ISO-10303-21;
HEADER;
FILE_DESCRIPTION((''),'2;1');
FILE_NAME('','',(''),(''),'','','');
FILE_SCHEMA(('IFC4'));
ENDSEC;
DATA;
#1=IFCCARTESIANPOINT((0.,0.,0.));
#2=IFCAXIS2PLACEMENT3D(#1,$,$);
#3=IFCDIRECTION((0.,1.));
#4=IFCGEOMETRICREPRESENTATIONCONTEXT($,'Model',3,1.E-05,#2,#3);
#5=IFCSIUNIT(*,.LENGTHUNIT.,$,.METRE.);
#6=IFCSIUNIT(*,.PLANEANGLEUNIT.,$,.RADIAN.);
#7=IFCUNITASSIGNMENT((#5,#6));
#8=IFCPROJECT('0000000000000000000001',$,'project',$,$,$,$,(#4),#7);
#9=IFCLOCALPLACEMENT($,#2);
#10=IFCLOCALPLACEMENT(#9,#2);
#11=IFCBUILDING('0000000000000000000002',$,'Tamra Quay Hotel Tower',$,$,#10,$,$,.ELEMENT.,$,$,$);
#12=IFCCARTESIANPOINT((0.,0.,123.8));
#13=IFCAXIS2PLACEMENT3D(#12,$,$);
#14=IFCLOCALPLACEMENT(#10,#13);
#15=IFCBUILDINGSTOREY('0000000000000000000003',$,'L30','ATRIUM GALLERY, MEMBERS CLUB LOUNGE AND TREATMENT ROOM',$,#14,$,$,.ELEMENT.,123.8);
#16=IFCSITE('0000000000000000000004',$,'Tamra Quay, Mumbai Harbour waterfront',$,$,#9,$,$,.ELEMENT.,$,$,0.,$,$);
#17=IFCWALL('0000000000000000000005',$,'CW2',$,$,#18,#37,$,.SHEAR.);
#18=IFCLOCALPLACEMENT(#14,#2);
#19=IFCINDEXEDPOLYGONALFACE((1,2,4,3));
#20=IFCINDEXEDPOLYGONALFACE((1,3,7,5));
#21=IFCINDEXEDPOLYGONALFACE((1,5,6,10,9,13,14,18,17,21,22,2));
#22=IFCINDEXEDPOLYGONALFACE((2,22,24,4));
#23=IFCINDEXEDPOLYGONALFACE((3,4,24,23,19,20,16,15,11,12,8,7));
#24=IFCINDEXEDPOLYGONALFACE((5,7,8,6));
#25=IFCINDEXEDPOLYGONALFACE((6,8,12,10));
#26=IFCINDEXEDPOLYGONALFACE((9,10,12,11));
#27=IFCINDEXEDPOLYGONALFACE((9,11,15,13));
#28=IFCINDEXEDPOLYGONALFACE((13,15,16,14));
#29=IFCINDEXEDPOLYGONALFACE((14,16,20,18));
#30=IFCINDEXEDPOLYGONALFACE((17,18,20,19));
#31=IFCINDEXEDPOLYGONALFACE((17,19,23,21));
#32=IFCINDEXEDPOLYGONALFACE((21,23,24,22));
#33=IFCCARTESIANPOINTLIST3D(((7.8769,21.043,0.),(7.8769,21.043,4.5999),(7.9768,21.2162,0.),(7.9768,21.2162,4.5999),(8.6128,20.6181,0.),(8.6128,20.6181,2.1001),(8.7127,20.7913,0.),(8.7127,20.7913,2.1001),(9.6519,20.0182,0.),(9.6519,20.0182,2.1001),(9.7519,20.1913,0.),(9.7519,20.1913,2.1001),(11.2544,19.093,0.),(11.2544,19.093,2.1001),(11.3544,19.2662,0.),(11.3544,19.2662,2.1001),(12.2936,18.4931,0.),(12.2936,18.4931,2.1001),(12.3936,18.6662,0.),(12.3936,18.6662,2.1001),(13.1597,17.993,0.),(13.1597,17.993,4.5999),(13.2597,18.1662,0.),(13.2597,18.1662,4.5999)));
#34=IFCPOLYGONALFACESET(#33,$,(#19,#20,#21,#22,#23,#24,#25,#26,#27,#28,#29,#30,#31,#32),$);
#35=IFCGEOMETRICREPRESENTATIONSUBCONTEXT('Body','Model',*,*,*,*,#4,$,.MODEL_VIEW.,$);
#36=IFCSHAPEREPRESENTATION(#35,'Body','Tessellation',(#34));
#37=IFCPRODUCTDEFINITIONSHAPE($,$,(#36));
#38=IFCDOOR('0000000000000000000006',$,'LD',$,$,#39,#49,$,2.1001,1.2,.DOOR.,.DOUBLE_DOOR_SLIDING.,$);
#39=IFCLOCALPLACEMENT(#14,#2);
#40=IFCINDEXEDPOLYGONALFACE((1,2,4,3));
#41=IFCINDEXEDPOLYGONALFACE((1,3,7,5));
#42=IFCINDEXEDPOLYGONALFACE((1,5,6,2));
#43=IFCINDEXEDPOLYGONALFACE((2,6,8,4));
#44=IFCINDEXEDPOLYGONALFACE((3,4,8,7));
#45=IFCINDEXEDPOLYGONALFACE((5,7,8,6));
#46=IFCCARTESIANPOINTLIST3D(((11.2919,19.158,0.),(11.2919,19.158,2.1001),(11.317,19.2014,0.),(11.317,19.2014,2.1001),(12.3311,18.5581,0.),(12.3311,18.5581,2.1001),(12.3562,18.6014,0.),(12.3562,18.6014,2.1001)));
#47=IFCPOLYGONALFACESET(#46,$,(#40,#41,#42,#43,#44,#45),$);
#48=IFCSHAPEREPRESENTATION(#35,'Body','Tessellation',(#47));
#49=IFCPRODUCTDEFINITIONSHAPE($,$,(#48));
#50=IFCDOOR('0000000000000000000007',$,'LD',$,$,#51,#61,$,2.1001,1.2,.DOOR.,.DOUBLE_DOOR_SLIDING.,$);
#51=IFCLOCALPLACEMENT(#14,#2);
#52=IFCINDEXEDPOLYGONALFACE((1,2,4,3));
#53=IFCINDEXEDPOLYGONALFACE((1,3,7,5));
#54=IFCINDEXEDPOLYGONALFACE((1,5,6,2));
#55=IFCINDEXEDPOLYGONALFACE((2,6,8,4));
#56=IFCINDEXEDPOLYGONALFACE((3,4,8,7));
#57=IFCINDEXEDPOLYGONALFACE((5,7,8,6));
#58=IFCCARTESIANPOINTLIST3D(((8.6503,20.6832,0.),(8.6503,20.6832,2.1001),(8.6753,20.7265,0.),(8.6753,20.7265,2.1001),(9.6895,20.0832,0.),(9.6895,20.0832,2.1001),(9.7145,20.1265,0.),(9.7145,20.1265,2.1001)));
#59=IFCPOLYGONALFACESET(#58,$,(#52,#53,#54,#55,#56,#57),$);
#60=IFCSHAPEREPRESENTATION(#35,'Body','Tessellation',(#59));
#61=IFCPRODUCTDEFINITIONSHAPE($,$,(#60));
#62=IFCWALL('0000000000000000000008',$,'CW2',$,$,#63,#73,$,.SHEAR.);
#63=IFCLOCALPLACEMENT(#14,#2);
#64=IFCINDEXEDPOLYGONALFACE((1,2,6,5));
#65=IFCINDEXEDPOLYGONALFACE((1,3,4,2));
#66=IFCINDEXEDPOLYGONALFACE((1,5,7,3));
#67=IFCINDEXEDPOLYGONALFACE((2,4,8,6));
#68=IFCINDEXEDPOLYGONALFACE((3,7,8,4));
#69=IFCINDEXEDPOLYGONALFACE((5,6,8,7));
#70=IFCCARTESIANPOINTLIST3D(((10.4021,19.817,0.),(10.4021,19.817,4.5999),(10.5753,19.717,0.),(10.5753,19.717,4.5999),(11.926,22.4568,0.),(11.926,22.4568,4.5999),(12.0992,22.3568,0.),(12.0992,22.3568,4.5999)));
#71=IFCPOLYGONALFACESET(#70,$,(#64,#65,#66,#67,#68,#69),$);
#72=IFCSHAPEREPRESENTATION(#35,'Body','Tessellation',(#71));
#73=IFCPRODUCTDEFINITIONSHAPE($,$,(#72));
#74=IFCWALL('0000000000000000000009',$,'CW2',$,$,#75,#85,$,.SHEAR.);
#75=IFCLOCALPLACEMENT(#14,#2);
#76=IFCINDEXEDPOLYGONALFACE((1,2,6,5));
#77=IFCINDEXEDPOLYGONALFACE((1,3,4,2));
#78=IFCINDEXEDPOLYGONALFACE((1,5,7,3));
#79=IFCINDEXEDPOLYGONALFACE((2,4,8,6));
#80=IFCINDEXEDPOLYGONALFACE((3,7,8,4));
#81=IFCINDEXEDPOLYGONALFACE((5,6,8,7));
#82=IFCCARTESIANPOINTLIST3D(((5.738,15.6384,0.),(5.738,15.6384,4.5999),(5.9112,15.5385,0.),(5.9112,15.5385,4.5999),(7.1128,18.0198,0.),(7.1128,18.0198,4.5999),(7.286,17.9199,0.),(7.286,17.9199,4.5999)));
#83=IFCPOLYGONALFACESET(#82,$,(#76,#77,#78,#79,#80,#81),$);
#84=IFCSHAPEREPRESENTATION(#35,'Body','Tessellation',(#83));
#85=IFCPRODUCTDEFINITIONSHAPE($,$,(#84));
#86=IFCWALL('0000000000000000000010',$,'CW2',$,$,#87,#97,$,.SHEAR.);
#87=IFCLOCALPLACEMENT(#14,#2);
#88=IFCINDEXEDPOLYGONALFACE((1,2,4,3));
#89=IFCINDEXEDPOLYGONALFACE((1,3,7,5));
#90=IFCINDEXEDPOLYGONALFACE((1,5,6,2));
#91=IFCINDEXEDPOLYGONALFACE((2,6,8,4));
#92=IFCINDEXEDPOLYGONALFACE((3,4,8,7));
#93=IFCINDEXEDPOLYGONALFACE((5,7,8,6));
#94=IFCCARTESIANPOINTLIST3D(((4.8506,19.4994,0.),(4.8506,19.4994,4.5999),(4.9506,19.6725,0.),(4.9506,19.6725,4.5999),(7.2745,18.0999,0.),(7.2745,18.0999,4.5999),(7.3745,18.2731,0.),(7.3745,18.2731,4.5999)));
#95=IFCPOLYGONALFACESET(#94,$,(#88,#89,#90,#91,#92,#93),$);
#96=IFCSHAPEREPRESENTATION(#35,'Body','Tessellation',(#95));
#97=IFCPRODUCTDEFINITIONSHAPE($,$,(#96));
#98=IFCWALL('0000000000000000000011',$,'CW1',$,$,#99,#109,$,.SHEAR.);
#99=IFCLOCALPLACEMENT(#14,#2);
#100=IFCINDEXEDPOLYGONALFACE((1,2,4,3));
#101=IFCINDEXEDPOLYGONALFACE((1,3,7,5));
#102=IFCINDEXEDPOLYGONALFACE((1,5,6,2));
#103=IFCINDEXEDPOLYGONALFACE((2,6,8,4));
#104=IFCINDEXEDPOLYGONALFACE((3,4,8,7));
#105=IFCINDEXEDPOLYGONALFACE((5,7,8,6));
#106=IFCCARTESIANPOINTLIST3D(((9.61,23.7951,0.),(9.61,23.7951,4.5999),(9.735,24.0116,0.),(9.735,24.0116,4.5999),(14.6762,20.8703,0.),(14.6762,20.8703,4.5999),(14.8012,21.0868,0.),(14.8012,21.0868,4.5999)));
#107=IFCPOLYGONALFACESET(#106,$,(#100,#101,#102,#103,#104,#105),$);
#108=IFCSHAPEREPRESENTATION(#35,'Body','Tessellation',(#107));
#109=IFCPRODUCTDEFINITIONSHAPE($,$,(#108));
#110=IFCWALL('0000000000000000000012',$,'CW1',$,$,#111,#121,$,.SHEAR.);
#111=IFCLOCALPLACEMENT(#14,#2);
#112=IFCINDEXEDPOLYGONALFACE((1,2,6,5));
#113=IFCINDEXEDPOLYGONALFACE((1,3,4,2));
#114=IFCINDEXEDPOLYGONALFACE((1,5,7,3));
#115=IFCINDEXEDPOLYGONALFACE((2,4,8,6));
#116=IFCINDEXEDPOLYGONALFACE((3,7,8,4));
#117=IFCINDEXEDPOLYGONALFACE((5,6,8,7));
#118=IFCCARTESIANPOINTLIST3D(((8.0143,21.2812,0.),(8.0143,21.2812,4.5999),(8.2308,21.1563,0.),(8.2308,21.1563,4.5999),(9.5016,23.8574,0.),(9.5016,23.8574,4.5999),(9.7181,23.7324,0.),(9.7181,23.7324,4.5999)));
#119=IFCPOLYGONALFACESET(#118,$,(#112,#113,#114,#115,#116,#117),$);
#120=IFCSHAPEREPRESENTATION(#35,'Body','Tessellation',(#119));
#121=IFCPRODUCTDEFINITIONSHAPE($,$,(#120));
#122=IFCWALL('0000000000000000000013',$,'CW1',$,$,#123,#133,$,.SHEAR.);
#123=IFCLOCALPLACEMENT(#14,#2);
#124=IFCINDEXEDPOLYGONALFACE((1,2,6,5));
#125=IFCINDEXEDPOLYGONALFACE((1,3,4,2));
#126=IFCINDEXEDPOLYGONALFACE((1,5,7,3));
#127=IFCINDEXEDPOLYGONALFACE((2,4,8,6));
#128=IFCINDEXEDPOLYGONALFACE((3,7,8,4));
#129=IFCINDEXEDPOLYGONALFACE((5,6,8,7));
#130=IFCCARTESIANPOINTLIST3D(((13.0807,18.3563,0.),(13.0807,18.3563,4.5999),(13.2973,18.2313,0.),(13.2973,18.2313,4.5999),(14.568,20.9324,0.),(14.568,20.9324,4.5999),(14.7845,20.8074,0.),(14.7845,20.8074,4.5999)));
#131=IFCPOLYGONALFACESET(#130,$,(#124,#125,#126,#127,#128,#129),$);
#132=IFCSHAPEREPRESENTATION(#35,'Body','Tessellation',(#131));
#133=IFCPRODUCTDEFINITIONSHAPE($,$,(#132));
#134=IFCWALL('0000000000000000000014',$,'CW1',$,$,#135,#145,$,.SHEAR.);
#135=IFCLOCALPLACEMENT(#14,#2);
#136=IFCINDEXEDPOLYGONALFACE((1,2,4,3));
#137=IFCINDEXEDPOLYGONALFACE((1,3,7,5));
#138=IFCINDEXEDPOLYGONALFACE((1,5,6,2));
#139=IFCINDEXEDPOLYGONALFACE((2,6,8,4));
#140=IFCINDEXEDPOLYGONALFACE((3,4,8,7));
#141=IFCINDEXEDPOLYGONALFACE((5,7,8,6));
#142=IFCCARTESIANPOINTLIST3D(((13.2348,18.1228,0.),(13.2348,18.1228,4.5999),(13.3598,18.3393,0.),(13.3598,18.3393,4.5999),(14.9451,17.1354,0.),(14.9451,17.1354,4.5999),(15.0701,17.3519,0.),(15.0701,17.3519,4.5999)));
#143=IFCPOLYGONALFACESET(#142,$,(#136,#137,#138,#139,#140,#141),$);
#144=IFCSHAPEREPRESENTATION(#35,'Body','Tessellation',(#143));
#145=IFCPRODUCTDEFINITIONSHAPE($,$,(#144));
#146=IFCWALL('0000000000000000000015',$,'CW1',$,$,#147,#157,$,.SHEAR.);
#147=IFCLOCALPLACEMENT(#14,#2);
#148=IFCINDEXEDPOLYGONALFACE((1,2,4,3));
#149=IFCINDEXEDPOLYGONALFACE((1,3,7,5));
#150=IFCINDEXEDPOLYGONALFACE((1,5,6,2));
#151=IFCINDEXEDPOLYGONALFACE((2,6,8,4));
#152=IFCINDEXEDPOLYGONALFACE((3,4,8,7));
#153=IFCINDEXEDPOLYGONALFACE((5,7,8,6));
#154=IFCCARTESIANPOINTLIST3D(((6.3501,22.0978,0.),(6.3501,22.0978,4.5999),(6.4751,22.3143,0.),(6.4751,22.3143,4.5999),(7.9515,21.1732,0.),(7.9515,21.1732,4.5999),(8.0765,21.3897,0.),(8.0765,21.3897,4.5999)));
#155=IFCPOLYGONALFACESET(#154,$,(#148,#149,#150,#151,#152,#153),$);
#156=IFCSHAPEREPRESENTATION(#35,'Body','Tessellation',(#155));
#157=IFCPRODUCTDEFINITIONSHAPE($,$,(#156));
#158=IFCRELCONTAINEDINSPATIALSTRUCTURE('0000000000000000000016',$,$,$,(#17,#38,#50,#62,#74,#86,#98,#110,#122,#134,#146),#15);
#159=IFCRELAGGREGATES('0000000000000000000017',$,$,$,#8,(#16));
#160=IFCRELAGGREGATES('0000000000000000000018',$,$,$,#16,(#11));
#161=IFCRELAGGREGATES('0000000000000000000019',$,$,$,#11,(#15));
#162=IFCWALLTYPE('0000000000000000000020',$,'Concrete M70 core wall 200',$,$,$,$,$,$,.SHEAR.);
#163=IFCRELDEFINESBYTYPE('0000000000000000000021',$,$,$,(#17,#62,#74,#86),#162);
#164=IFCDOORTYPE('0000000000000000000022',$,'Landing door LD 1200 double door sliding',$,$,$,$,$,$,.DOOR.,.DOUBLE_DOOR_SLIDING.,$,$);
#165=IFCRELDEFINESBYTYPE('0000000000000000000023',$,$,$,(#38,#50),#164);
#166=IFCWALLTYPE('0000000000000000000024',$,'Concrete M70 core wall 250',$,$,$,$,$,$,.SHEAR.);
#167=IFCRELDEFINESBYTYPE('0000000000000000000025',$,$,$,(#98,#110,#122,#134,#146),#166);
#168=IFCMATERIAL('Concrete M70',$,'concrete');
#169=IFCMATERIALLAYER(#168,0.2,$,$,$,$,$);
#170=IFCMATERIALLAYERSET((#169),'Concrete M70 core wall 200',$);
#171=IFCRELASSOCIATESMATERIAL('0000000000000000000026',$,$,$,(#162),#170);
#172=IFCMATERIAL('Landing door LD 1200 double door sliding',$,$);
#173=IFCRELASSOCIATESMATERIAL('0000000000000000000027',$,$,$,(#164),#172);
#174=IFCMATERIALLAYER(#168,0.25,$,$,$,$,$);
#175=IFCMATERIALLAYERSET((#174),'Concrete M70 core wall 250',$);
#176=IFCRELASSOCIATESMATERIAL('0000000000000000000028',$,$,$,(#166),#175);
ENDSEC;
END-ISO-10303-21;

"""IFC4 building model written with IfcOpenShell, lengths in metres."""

from ifc_helpers import new_model, si_unit, direction, frame, frame_2d, origin, place, context, subcontext, project, spatial, rectangle, extrude, material, layer, layer_set, type_object, element, fill, save


model = new_model("IFC4")

# Units and contexts
model_context = context("Model", 3, precision=1e-05, world=origin(), true_north=direction((0.0, 1.0)))
body_context = subcontext(model_context, "Body", "Model", "MODEL_VIEW")
ifc_project = project(units=[si_unit("LENGTHUNIT", "METRE"), si_unit("PLANEANGLEUNIT", "RADIAN")], contexts=[model_context])

# Site, building, storey
site_placement = place(None, origin())
site = spatial("IfcSite", under=ifc_project, at=site_placement, Name="Tamra Quay, Mumbai Harbour waterfront", CompositionType="ELEMENT", RefElevation=0.0)
building_placement = place(site_placement, origin())
building = spatial("IfcBuilding", under=site, at=building_placement, Name="Tamra Quay Hotel Tower", CompositionType="ELEMENT")
storey_placement = place(building_placement, frame((0.0, 0.0, 123.8)))
storey = spatial("IfcBuildingStorey", under=building, at=storey_placement, Name="L30", Description="ATRIUM GALLERY, MEMBERS CLUB LOUNGE AND TREATMENT ROOM", CompositionType="ELEMENT", Elevation=123.8)

# Shared definitions
ifc_material_1 = material(Name="Concrete M70", Category="concrete")

# Wall, openings, doors
ifc_layer_1 = layer(ifc_material_1, 0.2)
ifc_layer_set_1 = layer_set([ifc_layer_1], Name="Concrete M70 core wall 200")
wall_type_1 = type_object("IfcWallType", Name="Concrete M70 core wall 200", PredefinedType="SHEAR", material=ifc_layer_set_1)
wall_1_placement = place(storey_placement, frame((13.2097, 18.0796, 0.0), z_axis=(0.0, 0.0, 1.0), x_axis=(-0.86603, 0.499992, 0.0)))
wall_1 = element("IfcWall", 1, at=wall_1_placement, inside=storey, type_object=wall_type_1, Name="CW2", PredefinedType="SHEAR", context=body_context, shape_type="SweptSolid", body=[
    extrude(rectangle(XDim=6.1001, YDim=0.2, at=frame_2d((3.05, 0.0))), origin(), (0.0, 0.0, 1.0), 4.5999),
])
opening_1_placement = place(wall_1_placement, frame((1.0, 0.0, 0.0)))
opening_1 = element("IfcOpeningElement", 2, at=opening_1_placement, cuts=wall_1, PredefinedType="OPENING", context=body_context, shape_type="SweptSolid", body=[
    extrude(rectangle(XDim=1.2, YDim=2.1001, at=frame_2d((0.6001, 1.05))), frame((0.0, 0.1099, 0.0), z_axis=(0.0, -1.0, 0.0), x_axis=(1.0, 0.0, 0.0)), (0.0, 0.0, 1.0), 0.22),
])
opening_2_placement = place(wall_1_placement, frame((4.0503, 0.0, 0.0)))
opening_2 = element("IfcOpeningElement", 3, at=opening_2_placement, cuts=wall_1, PredefinedType="OPENING", context=body_context, shape_type="SweptSolid", body=[
    extrude(rectangle(XDim=1.2, YDim=2.1001, at=frame_2d((0.6001, 1.05))), frame((0.0, 0.1099, 0.0), z_axis=(0.0, -1.0, 0.0), x_axis=(1.0, 0.0, 0.0)), (0.0, 0.0, 1.0), 0.22),
])
ifc_material_2 = material(Name="Landing door LD 1200 double door sliding")
door_type_1 = type_object("IfcDoorType", Name="Landing door LD 1200 double door sliding", OperationType="DOUBLE_DOOR_SLIDING", PredefinedType="DOOR", material=ifc_material_2)
door_1_placement = place(opening_1_placement, origin())
door_1 = element("IfcDoor", 4, at=door_1_placement, inside=storey, type_object=door_type_1, Name="LD", OperationType="DOUBLE_DOOR_SLIDING", OverallHeight=2.1001, OverallWidth=1.2, PredefinedType="DOOR", context=body_context, shape_type="SweptSolid", body=[
    extrude(rectangle(XDim=1.2, YDim=2.1001, at=frame_2d((0.6001, 1.05))), frame((0.0, 0.0249, 0.0), z_axis=(0.0, -1.0, 0.0), x_axis=(1.0, 0.0, 0.0)), (0.0, 0.0, 1.0), 0.05),
])
fill(opening_1, door_1)
door_2_placement = place(opening_2_placement, origin())
door_2 = element("IfcDoor", 5, at=door_2_placement, inside=storey, type_object=door_type_1, Name="LD", OperationType="DOUBLE_DOOR_SLIDING", OverallHeight=2.1001, OverallWidth=1.2, PredefinedType="DOOR", context=body_context, shape_type="SweptSolid", body=[
    extrude(rectangle(XDim=1.2, YDim=2.1001, at=frame_2d((0.6001, 1.05))), frame((0.0, 0.0249, 0.0), z_axis=(0.0, -1.0, 0.0), x_axis=(1.0, 0.0, 0.0)), (0.0, 0.0, 1.0), 0.05),
])
fill(opening_2, door_2)

# Walls
wall_2_placement = place(storey_placement, frame((10.4888, 19.7671, 0.0), z_axis=(0.0, 0.0, 1.0), x_axis=(0.499947, 0.866056, 0.0)))
element("IfcWall", 6, at=wall_2_placement, inside=storey, type_object=wall_type_1, Name="CW2", PredefinedType="SHEAR", context=body_context, shape_type="SweptSolid", body=[
    extrude(rectangle(XDim=3.0481, YDim=0.2, at=frame_2d((1.5239, 0.0))), origin(), (0.0, 0.0, 1.0), 4.5999),
])
wall_3_placement = place(storey_placement, frame((7.1995, 17.97, 0.0), z_axis=(0.0, 0.0, 1.0), x_axis=(-0.499968, -0.866044, 0.0)))
element("IfcWall", 7, at=wall_3_placement, inside=storey, type_object=wall_type_1, Name="CW2", PredefinedType="SHEAR", context=body_context, shape_type="SweptSolid", body=[
    extrude(rectangle(XDim=2.7498, YDim=0.2, at=frame_2d((1.375, 0.0))), origin(), (0.0, 0.0, 1.0), 4.5999),
])
wall_4_placement = place(storey_placement, frame((4.9006, 19.5859, 0.0), z_axis=(0.0, 0.0, 1.0), x_axis=(0.866023, -0.500004, 0.0)))
element("IfcWall", 8, at=wall_4_placement, inside=storey, type_object=wall_type_1, Name="CW2", PredefinedType="SHEAR", context=body_context, shape_type="SweptSolid", body=[
    extrude(rectangle(XDim=2.7988, YDim=0.2, at=frame_2d((1.3994, 0.0))), origin(), (0.0, 0.0, 1.0), 4.5999),
])
ifc_layer_2 = layer(ifc_material_1, 0.25)
ifc_layer_set_2 = layer_set([ifc_layer_2], Name="Concrete M70 core wall 250")
wall_type_2 = type_object("IfcWallType", Name="Concrete M70 core wall 250", PredefinedType="SHEAR", material=ifc_layer_set_2)
wall_5_placement = place(storey_placement, frame((9.6726, 23.9033, 0.0), z_axis=(0.0, 0.0, 1.0), x_axis=(0.866036, -0.499981, 0.0)))
element("IfcWall", 9, at=wall_5_placement, inside=storey, type_object=wall_type_2, Name="CW1", PredefinedType="SHEAR", context=body_context, shape_type="SweptSolid", body=[
    extrude(rectangle(XDim=5.8499, YDim=0.25, at=frame_2d((2.9248, 0.0))), origin(), (0.0, 0.0, 1.0), 4.5999),
])
for number, where, z_axis, x_axis, name in (
    (10, (8.1226, 21.2188, 0.0), (0.0, 0.0, 1.0), (0.499988, 0.866033, 0.0), "CW1"),
    (11, (14.6763, 20.8699, 0.0), (0.0, 0.0, 1.0), (-0.499988, -0.866033, 0.0), "CW1"),
):
    element("IfcWall", number, at=place(storey_placement, frame(where, z_axis=z_axis, x_axis=x_axis)), inside=storey, type_object=wall_type_2, Name=name, PredefinedType="SHEAR", context=body_context, shape_type="SweptSolid", body=[
        extrude(rectangle(XDim=2.9746, YDim=0.25, at=frame_2d((1.4873, 0.0))), origin(), (0.0, 0.0, 1.0), 4.5999),
    ])
wall_6_placement = place(storey_placement, frame((13.2974, 18.231, 0.0), z_axis=(0.0, 0.0, 1.0), x_axis=(0.866044, -0.499969, 0.0)))
element("IfcWall", 12, at=wall_6_placement, inside=storey, type_object=wall_type_2, Name="CW1", PredefinedType="SHEAR", context=body_context, shape_type="SweptSolid", body=[
    extrude(rectangle(XDim=1.9749, YDim=0.25, at=frame_2d((0.9873, 0.0))), origin(), (0.0, 0.0, 1.0), 4.5999),
])
wall_7_placement = place(storey_placement, frame((6.4126, 22.2061, 0.0), z_axis=(0.0, 0.0, 1.0), x_axis=(0.866016, -0.500016, 0.0)))
element("IfcWall", 13, at=wall_7_placement, inside=storey, type_object=wall_type_2, Name="CW1", PredefinedType="SHEAR", context=body_context, shape_type="SweptSolid", body=[
    extrude(rectangle(XDim=1.8491, YDim=0.25, at=frame_2d((0.9246, 0.0))), origin(), (0.0, 0.0, 1.0), 4.5999),
])

save(model, "model.ifc")
